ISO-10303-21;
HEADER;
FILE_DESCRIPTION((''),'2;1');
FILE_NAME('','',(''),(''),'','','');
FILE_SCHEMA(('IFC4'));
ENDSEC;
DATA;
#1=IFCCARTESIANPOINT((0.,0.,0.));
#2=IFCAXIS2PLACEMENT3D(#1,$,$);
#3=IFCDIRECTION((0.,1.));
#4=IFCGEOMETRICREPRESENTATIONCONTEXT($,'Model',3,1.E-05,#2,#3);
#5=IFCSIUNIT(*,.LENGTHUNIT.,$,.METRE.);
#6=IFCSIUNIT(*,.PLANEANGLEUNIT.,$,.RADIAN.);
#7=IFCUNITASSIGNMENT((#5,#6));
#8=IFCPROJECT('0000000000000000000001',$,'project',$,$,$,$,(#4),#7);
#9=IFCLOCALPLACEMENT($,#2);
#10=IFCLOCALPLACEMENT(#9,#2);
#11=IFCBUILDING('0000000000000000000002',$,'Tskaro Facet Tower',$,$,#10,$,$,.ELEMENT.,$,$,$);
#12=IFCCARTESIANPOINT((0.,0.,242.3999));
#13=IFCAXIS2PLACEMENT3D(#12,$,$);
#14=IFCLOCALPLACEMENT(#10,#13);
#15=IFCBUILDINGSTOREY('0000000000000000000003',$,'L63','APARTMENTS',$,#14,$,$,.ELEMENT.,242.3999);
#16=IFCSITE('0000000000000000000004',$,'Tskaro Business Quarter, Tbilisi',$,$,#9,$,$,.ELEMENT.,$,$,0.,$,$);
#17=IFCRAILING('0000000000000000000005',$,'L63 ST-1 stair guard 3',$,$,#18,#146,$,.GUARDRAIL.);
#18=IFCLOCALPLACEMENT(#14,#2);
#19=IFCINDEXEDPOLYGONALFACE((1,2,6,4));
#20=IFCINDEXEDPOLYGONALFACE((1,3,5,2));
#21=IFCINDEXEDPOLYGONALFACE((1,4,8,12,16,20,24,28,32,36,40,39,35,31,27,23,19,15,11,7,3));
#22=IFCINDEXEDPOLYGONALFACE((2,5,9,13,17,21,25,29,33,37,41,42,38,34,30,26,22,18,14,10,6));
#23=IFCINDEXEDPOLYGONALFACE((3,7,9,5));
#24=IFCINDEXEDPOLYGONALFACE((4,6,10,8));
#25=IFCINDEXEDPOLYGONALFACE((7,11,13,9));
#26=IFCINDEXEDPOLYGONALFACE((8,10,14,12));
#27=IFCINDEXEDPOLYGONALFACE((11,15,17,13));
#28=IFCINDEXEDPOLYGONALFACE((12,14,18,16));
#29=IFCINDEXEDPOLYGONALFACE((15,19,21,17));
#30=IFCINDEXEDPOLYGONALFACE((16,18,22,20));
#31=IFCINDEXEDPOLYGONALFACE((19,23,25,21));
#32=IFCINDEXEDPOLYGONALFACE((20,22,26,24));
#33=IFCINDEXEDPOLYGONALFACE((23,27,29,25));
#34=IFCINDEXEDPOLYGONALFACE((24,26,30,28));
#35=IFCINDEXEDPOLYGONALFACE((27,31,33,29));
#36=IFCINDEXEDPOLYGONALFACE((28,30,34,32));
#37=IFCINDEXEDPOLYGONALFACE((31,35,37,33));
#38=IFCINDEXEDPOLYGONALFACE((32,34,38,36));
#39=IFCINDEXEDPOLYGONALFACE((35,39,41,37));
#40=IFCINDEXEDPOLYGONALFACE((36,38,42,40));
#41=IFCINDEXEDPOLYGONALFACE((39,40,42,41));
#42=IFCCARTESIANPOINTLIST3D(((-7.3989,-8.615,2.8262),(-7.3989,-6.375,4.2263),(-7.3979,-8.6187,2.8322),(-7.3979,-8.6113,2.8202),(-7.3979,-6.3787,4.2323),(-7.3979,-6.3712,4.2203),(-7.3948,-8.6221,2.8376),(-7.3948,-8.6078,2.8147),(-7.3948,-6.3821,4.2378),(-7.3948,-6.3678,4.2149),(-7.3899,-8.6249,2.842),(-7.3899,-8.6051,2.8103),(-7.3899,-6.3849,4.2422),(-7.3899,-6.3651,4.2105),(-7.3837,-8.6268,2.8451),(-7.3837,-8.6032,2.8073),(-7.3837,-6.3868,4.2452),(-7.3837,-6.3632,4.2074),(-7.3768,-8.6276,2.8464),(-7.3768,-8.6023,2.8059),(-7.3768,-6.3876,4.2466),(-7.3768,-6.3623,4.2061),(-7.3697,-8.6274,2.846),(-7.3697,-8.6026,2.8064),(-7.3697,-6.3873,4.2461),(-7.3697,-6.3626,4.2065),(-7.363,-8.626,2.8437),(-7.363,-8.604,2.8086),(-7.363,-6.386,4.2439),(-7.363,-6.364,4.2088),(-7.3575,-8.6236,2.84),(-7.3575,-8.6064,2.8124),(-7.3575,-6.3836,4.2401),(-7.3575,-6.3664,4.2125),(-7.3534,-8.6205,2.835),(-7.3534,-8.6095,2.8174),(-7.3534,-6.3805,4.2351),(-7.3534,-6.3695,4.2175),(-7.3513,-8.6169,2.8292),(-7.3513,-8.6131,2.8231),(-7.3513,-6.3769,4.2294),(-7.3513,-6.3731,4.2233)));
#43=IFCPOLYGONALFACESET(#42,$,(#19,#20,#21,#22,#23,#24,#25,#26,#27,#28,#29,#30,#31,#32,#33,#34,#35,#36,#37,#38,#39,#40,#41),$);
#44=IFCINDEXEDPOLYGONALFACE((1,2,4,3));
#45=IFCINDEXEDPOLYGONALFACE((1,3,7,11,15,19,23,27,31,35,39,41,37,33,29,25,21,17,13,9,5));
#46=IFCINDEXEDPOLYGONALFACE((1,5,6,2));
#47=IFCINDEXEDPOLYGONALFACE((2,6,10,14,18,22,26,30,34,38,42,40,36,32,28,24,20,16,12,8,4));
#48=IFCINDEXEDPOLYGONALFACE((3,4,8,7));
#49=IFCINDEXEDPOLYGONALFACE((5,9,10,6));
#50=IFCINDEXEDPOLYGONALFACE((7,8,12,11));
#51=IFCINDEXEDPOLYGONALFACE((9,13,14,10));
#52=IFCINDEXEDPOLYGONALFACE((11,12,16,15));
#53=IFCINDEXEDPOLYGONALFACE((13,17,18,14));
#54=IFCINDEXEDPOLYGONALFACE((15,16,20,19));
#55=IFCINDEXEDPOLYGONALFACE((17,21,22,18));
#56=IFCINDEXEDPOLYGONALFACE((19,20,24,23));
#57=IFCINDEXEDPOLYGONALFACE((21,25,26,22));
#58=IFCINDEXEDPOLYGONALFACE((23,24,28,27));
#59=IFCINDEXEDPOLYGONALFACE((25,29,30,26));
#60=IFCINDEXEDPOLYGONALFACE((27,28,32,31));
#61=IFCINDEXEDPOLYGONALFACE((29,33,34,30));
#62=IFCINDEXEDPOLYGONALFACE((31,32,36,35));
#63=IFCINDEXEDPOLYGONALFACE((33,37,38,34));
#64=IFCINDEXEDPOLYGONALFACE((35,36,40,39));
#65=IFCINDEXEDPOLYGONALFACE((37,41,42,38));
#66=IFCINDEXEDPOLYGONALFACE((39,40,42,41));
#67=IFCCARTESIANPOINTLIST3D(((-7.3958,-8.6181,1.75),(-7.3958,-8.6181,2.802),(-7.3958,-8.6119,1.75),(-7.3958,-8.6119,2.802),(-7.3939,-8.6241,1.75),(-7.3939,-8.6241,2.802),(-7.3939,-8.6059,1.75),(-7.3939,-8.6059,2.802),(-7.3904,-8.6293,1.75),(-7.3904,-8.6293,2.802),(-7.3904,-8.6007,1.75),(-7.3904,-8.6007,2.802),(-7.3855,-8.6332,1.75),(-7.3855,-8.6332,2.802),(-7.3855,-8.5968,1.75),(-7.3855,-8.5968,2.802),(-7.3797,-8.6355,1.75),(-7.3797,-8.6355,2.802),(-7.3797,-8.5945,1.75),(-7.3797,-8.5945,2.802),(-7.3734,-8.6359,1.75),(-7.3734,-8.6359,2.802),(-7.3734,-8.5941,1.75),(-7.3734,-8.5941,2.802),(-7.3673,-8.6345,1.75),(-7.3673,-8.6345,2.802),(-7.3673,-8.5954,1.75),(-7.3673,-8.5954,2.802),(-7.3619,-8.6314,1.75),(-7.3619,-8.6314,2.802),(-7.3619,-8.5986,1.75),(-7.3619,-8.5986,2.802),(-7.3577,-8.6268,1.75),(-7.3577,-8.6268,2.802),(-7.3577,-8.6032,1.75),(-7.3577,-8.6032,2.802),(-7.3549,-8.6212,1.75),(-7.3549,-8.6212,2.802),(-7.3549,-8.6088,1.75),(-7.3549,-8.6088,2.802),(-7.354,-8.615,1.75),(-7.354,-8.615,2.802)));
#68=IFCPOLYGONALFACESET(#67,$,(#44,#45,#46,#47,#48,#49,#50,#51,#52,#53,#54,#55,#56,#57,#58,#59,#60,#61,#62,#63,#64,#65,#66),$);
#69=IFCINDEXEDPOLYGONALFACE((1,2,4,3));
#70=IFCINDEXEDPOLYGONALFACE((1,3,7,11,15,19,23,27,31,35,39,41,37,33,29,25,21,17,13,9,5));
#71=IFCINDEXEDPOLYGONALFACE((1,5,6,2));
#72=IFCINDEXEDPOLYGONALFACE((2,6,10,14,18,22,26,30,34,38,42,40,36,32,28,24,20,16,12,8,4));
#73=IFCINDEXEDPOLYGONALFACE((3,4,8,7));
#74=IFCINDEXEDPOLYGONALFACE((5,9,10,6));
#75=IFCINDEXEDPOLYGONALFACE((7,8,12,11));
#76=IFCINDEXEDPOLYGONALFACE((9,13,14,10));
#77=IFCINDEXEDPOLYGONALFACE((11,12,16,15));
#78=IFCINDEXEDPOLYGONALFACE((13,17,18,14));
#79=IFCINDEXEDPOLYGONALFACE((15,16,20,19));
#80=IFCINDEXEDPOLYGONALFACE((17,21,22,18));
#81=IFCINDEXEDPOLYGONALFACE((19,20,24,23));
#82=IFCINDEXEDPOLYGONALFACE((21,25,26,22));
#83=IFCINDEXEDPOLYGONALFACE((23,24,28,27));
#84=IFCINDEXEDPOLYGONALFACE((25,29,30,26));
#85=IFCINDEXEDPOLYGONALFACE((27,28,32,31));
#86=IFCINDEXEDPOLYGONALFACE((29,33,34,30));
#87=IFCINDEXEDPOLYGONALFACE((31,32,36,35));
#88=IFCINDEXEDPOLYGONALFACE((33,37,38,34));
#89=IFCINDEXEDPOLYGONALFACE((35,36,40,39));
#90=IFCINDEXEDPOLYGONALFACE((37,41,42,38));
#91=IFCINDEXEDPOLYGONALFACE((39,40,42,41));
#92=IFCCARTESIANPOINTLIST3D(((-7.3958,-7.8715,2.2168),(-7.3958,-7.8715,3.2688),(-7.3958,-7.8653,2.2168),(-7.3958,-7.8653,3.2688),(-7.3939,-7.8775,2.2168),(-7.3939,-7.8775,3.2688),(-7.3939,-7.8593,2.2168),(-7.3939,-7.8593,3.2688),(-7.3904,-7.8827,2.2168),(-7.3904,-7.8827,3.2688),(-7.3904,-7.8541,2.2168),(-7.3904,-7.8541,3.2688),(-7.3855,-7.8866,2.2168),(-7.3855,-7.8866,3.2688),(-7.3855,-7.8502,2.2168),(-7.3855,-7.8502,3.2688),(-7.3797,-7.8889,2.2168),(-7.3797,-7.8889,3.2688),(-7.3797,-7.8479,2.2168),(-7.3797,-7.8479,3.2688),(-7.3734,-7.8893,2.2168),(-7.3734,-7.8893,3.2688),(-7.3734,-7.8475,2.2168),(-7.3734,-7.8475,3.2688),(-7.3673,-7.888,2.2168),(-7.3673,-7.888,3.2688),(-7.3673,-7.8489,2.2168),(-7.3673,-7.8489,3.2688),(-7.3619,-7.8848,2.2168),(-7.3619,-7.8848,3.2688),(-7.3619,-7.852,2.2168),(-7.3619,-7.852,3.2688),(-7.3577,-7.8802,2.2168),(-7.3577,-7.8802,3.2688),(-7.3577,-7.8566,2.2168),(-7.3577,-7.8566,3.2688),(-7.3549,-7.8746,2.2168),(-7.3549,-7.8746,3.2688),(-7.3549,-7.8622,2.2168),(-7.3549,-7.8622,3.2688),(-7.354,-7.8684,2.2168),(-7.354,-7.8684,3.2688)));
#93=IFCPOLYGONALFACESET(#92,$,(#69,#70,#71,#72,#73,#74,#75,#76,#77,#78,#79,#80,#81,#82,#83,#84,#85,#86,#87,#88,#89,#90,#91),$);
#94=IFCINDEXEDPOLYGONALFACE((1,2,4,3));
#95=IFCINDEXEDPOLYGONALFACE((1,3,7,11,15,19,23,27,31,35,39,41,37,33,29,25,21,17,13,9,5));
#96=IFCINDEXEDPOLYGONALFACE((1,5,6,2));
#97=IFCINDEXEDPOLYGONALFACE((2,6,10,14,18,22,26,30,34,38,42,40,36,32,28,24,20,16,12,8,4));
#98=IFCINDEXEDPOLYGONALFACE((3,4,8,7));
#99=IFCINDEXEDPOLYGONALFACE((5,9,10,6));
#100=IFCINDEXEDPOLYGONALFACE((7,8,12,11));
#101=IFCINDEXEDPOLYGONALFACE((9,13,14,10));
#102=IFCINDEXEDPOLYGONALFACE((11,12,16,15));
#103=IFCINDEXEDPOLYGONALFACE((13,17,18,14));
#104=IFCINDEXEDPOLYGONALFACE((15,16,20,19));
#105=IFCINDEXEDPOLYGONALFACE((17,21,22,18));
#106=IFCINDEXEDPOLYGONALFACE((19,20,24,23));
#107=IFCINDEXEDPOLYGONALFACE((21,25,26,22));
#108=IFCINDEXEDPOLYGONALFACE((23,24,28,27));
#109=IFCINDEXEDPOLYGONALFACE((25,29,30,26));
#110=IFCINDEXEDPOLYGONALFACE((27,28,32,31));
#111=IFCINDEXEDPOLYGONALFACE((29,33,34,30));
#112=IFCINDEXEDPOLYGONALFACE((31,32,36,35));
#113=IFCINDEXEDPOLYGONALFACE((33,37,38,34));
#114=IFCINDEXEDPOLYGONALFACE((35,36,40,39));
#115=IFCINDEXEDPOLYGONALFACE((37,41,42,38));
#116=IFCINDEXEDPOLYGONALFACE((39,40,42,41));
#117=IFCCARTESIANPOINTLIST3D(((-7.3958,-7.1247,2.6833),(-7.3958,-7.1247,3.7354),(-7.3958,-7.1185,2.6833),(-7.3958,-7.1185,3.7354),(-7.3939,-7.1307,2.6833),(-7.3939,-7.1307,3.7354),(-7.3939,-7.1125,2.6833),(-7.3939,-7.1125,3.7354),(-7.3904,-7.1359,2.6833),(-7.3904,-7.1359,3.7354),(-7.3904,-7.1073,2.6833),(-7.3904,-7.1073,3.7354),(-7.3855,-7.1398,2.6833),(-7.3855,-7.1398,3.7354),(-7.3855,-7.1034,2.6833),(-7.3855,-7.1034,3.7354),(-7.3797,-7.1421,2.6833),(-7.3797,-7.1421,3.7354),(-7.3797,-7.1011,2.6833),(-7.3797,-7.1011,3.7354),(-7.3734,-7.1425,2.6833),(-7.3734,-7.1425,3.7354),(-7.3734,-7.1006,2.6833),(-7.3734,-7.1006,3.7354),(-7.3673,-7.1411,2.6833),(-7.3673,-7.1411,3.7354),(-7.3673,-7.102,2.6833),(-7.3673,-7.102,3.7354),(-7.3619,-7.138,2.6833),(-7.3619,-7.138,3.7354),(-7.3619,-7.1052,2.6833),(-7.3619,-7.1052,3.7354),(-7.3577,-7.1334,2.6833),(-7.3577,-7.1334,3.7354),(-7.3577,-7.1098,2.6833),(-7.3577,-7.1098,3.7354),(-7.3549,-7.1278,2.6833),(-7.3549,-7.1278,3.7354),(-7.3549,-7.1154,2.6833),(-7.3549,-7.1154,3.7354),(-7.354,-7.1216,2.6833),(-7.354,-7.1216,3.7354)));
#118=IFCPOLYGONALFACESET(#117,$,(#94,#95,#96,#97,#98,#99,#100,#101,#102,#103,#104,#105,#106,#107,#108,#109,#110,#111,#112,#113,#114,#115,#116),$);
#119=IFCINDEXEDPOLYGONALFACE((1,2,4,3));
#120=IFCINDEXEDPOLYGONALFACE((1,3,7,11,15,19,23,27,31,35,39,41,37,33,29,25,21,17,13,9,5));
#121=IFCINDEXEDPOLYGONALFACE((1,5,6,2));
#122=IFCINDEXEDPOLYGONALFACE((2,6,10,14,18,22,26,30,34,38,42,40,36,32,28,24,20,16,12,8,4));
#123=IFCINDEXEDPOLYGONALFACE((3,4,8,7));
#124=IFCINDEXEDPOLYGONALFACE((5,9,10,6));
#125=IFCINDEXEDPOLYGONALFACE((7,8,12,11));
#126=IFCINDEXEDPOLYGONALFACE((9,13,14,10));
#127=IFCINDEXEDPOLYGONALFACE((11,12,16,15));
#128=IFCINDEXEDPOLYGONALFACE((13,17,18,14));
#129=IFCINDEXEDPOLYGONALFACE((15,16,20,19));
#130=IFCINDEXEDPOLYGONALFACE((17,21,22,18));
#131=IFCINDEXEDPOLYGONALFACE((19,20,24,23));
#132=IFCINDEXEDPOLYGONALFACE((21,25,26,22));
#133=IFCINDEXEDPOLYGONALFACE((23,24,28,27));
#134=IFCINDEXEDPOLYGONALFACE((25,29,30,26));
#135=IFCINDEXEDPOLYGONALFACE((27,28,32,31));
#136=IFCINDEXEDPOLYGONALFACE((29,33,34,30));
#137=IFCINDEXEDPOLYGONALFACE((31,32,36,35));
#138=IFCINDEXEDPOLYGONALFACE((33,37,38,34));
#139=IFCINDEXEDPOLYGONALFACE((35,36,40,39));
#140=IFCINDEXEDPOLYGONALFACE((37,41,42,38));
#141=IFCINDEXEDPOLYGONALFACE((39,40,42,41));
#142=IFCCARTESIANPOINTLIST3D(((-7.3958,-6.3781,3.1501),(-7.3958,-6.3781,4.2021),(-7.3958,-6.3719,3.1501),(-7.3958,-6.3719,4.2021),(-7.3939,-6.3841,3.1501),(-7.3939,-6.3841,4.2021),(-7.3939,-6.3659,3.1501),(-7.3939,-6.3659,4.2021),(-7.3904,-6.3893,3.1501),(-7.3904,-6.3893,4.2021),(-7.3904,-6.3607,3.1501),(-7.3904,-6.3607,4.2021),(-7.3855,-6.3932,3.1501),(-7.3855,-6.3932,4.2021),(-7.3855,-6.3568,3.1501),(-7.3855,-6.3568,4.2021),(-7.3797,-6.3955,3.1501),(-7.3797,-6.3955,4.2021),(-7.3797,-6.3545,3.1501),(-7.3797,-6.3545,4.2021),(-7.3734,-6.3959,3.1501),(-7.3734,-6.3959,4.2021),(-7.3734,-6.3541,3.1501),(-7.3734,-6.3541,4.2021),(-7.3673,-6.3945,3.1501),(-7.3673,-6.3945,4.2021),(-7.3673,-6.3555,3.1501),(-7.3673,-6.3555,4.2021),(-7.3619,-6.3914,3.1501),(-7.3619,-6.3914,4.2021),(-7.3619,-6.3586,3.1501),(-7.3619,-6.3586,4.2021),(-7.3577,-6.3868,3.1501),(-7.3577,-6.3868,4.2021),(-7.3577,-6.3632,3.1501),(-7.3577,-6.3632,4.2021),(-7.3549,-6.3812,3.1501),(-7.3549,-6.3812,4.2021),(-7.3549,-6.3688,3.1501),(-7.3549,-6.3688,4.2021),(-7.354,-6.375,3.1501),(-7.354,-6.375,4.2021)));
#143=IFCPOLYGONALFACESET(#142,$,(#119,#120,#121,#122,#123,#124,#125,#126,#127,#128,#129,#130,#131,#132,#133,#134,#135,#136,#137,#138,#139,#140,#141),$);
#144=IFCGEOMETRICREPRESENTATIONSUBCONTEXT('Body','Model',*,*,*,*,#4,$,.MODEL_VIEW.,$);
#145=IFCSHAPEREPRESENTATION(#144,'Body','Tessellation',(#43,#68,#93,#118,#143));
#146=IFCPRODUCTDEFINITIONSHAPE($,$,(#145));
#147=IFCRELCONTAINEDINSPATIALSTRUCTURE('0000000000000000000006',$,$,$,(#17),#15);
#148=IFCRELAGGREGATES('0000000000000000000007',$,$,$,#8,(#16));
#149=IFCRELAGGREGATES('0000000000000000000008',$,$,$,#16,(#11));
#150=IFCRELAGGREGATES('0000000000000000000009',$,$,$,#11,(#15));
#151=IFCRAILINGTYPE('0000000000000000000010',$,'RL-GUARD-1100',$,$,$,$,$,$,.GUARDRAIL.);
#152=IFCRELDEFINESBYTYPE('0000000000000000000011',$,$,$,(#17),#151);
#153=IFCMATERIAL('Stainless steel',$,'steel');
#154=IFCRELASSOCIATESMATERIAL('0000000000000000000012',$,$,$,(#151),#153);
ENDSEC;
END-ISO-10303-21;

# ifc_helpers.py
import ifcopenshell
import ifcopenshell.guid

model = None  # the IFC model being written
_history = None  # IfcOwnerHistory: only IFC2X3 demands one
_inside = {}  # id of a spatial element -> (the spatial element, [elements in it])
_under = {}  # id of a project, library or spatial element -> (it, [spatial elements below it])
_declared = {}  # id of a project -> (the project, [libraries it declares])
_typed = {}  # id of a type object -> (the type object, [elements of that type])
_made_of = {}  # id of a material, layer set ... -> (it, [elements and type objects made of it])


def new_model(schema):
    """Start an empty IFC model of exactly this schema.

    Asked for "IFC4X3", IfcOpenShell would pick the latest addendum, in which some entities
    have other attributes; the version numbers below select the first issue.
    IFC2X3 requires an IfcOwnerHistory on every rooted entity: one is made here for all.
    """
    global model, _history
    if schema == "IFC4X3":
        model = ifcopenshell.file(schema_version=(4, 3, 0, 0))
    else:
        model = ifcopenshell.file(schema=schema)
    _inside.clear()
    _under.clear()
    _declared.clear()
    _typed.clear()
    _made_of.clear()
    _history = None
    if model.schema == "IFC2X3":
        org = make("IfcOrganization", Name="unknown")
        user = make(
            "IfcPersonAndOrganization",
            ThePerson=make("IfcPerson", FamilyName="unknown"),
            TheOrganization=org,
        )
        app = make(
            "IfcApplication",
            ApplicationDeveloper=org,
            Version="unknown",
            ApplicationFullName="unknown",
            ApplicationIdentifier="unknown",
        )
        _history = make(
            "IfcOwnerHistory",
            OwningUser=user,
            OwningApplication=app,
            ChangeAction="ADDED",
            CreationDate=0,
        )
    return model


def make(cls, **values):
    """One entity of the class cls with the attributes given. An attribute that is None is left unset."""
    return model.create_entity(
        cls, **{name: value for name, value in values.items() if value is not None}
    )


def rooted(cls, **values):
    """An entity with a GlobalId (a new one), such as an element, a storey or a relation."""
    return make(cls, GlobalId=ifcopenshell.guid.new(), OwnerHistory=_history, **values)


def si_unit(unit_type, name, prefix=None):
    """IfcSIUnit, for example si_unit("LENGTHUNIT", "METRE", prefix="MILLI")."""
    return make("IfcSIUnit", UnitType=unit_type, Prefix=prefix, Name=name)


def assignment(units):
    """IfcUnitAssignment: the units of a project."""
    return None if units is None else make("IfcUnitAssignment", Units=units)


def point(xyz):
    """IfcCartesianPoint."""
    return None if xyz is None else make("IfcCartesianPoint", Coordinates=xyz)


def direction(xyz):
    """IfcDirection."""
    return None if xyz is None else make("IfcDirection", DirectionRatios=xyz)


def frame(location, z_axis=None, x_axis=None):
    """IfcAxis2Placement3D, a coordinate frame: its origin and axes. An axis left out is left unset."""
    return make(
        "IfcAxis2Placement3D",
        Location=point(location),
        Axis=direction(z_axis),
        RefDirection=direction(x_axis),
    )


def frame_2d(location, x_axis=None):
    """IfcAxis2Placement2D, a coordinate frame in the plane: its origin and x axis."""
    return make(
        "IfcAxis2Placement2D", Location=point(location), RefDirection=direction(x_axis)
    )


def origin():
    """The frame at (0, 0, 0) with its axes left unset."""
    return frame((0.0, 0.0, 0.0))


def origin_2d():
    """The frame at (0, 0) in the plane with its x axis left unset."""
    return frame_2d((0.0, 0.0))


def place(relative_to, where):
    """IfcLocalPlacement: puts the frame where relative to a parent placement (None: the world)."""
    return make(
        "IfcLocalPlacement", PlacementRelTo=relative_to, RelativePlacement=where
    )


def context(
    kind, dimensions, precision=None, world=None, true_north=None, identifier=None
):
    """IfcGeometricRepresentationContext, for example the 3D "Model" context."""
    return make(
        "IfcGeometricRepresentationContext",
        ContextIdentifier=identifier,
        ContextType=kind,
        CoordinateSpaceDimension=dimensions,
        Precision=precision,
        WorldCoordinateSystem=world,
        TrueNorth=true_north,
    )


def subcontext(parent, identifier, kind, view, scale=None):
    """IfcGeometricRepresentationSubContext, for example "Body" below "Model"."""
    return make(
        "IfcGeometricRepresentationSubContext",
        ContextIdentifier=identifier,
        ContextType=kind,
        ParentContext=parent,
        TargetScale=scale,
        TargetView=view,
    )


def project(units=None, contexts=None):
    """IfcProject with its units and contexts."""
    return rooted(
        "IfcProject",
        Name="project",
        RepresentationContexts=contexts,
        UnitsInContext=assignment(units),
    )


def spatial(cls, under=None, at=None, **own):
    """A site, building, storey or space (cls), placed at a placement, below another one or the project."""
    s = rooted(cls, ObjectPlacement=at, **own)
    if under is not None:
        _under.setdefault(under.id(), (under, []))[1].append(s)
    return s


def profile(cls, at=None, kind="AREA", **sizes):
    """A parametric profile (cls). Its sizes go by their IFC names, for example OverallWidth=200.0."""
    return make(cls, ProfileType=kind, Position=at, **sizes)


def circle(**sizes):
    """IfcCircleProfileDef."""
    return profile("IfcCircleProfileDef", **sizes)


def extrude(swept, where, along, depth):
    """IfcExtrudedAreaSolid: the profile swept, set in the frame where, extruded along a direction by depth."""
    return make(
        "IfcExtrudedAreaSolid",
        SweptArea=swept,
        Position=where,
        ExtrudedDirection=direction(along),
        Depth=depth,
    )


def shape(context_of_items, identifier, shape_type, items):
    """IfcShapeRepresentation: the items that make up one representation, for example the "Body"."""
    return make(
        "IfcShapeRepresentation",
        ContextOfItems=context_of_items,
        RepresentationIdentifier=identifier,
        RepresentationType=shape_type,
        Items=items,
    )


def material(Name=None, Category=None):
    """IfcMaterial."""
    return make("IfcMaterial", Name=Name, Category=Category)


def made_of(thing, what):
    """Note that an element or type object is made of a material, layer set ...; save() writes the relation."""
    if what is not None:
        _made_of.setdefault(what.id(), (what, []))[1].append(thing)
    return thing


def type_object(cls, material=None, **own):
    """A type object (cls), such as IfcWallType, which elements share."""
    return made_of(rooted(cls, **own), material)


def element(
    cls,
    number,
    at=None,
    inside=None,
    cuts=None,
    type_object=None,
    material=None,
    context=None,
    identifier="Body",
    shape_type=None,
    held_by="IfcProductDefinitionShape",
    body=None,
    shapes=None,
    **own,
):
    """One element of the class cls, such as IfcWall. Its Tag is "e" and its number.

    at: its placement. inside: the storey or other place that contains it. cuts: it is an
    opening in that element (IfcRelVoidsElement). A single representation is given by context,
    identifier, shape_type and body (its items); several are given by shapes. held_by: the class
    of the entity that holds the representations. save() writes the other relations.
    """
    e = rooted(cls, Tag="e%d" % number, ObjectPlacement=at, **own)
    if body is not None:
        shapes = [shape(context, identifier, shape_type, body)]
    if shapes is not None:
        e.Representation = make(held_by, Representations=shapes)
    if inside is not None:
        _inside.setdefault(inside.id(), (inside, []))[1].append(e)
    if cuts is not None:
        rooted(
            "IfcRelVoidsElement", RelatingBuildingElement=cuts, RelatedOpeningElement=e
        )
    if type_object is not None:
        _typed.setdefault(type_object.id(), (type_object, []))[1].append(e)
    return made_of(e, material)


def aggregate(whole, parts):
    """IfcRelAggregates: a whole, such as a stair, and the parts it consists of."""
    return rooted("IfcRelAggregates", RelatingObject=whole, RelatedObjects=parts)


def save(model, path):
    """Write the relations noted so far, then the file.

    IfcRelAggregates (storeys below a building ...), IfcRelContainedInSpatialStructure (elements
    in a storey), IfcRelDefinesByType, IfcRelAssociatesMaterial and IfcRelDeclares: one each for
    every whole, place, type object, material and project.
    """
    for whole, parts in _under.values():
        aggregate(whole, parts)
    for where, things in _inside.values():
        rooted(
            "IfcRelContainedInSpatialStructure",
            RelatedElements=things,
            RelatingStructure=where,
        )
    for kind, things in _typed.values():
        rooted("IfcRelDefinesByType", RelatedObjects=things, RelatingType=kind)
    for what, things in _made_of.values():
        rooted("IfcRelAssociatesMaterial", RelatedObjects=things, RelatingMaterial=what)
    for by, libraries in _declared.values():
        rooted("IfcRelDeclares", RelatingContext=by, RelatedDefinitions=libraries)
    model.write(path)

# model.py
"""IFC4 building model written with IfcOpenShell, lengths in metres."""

from ifc_helpers import new_model, si_unit, direction, frame, origin, origin_2d, place, context, subcontext, project, spatial, circle, extrude, material, type_object, element, save


model = new_model("IFC4")

# Units and contexts
model_context = context("Model", 3, precision=1e-05, world=origin(), true_north=direction((0.0, 1.0)))
body_context = subcontext(model_context, "Body", "Model", "MODEL_VIEW")
ifc_project = project(units=[si_unit("LENGTHUNIT", "METRE"), si_unit("PLANEANGLEUNIT", "RADIAN")], contexts=[model_context])

# Site, building, storey
site_placement = place(None, origin())
site = spatial("IfcSite", under=ifc_project, at=site_placement, Name="Tskaro Business Quarter, Tbilisi", CompositionType="ELEMENT", RefElevation=0.0)
building_placement = place(site_placement, origin())
building = spatial("IfcBuilding", under=site, at=building_placement, Name="Tskaro Facet Tower", CompositionType="ELEMENT")
storey_placement = place(building_placement, frame((0.0, 0.0, 242.3999)))
storey = spatial("IfcBuildingStorey", under=building, at=storey_placement, Name="L63", Description="APARTMENTS", CompositionType="ELEMENT", Elevation=242.3999)

# Shared definitions
ifc_material_1 = material(Name="Stainless steel", Category="steel")

# Railing
railing_type_1 = type_object("IfcRailingType", Name="RL-GUARD-1100", PredefinedType="GUARDRAIL", material=ifc_material_1)
railing_1_placement = place(storey_placement, frame((-7.375, -8.615, 1.75)))
element("IfcRailing", 1, at=railing_1_placement, inside=storey, type_object=railing_type_1, Name="L63 ST-1 stair guard 3", PredefinedType="GUARDRAIL", context=body_context, shape_type="SweptSolid", body=[
    extrude(circle(Radius=0.0239, at=origin_2d()), frame((0.0, 0.0, 1.0762), z_axis=(0.0, 0.847972, 0.53004), x_axis=(-1.0, 0.0, 0.0)), (0.0, 0.0, 1.0), 2.6416),
    extrude(circle(Radius=0.021, at=origin_2d()), origin(), (0.0, 0.0, 1.0), 1.052),
    extrude(circle(Radius=0.021, at=origin_2d()), frame((0.0, 0.7466, 0.4668)), (0.0, 0.0, 1.0), 1.052),
    extrude(circle(Radius=0.021, at=origin_2d()), frame((0.0, 1.4934, 0.9333)), (0.0, 0.0, 1.0), 1.052),
    extrude(circle(Radius=0.021, at=origin_2d()), frame((0.0, 2.24, 1.4001)), (0.0, 0.0, 1.0), 1.052),
])

save(model, "model.ifc")
